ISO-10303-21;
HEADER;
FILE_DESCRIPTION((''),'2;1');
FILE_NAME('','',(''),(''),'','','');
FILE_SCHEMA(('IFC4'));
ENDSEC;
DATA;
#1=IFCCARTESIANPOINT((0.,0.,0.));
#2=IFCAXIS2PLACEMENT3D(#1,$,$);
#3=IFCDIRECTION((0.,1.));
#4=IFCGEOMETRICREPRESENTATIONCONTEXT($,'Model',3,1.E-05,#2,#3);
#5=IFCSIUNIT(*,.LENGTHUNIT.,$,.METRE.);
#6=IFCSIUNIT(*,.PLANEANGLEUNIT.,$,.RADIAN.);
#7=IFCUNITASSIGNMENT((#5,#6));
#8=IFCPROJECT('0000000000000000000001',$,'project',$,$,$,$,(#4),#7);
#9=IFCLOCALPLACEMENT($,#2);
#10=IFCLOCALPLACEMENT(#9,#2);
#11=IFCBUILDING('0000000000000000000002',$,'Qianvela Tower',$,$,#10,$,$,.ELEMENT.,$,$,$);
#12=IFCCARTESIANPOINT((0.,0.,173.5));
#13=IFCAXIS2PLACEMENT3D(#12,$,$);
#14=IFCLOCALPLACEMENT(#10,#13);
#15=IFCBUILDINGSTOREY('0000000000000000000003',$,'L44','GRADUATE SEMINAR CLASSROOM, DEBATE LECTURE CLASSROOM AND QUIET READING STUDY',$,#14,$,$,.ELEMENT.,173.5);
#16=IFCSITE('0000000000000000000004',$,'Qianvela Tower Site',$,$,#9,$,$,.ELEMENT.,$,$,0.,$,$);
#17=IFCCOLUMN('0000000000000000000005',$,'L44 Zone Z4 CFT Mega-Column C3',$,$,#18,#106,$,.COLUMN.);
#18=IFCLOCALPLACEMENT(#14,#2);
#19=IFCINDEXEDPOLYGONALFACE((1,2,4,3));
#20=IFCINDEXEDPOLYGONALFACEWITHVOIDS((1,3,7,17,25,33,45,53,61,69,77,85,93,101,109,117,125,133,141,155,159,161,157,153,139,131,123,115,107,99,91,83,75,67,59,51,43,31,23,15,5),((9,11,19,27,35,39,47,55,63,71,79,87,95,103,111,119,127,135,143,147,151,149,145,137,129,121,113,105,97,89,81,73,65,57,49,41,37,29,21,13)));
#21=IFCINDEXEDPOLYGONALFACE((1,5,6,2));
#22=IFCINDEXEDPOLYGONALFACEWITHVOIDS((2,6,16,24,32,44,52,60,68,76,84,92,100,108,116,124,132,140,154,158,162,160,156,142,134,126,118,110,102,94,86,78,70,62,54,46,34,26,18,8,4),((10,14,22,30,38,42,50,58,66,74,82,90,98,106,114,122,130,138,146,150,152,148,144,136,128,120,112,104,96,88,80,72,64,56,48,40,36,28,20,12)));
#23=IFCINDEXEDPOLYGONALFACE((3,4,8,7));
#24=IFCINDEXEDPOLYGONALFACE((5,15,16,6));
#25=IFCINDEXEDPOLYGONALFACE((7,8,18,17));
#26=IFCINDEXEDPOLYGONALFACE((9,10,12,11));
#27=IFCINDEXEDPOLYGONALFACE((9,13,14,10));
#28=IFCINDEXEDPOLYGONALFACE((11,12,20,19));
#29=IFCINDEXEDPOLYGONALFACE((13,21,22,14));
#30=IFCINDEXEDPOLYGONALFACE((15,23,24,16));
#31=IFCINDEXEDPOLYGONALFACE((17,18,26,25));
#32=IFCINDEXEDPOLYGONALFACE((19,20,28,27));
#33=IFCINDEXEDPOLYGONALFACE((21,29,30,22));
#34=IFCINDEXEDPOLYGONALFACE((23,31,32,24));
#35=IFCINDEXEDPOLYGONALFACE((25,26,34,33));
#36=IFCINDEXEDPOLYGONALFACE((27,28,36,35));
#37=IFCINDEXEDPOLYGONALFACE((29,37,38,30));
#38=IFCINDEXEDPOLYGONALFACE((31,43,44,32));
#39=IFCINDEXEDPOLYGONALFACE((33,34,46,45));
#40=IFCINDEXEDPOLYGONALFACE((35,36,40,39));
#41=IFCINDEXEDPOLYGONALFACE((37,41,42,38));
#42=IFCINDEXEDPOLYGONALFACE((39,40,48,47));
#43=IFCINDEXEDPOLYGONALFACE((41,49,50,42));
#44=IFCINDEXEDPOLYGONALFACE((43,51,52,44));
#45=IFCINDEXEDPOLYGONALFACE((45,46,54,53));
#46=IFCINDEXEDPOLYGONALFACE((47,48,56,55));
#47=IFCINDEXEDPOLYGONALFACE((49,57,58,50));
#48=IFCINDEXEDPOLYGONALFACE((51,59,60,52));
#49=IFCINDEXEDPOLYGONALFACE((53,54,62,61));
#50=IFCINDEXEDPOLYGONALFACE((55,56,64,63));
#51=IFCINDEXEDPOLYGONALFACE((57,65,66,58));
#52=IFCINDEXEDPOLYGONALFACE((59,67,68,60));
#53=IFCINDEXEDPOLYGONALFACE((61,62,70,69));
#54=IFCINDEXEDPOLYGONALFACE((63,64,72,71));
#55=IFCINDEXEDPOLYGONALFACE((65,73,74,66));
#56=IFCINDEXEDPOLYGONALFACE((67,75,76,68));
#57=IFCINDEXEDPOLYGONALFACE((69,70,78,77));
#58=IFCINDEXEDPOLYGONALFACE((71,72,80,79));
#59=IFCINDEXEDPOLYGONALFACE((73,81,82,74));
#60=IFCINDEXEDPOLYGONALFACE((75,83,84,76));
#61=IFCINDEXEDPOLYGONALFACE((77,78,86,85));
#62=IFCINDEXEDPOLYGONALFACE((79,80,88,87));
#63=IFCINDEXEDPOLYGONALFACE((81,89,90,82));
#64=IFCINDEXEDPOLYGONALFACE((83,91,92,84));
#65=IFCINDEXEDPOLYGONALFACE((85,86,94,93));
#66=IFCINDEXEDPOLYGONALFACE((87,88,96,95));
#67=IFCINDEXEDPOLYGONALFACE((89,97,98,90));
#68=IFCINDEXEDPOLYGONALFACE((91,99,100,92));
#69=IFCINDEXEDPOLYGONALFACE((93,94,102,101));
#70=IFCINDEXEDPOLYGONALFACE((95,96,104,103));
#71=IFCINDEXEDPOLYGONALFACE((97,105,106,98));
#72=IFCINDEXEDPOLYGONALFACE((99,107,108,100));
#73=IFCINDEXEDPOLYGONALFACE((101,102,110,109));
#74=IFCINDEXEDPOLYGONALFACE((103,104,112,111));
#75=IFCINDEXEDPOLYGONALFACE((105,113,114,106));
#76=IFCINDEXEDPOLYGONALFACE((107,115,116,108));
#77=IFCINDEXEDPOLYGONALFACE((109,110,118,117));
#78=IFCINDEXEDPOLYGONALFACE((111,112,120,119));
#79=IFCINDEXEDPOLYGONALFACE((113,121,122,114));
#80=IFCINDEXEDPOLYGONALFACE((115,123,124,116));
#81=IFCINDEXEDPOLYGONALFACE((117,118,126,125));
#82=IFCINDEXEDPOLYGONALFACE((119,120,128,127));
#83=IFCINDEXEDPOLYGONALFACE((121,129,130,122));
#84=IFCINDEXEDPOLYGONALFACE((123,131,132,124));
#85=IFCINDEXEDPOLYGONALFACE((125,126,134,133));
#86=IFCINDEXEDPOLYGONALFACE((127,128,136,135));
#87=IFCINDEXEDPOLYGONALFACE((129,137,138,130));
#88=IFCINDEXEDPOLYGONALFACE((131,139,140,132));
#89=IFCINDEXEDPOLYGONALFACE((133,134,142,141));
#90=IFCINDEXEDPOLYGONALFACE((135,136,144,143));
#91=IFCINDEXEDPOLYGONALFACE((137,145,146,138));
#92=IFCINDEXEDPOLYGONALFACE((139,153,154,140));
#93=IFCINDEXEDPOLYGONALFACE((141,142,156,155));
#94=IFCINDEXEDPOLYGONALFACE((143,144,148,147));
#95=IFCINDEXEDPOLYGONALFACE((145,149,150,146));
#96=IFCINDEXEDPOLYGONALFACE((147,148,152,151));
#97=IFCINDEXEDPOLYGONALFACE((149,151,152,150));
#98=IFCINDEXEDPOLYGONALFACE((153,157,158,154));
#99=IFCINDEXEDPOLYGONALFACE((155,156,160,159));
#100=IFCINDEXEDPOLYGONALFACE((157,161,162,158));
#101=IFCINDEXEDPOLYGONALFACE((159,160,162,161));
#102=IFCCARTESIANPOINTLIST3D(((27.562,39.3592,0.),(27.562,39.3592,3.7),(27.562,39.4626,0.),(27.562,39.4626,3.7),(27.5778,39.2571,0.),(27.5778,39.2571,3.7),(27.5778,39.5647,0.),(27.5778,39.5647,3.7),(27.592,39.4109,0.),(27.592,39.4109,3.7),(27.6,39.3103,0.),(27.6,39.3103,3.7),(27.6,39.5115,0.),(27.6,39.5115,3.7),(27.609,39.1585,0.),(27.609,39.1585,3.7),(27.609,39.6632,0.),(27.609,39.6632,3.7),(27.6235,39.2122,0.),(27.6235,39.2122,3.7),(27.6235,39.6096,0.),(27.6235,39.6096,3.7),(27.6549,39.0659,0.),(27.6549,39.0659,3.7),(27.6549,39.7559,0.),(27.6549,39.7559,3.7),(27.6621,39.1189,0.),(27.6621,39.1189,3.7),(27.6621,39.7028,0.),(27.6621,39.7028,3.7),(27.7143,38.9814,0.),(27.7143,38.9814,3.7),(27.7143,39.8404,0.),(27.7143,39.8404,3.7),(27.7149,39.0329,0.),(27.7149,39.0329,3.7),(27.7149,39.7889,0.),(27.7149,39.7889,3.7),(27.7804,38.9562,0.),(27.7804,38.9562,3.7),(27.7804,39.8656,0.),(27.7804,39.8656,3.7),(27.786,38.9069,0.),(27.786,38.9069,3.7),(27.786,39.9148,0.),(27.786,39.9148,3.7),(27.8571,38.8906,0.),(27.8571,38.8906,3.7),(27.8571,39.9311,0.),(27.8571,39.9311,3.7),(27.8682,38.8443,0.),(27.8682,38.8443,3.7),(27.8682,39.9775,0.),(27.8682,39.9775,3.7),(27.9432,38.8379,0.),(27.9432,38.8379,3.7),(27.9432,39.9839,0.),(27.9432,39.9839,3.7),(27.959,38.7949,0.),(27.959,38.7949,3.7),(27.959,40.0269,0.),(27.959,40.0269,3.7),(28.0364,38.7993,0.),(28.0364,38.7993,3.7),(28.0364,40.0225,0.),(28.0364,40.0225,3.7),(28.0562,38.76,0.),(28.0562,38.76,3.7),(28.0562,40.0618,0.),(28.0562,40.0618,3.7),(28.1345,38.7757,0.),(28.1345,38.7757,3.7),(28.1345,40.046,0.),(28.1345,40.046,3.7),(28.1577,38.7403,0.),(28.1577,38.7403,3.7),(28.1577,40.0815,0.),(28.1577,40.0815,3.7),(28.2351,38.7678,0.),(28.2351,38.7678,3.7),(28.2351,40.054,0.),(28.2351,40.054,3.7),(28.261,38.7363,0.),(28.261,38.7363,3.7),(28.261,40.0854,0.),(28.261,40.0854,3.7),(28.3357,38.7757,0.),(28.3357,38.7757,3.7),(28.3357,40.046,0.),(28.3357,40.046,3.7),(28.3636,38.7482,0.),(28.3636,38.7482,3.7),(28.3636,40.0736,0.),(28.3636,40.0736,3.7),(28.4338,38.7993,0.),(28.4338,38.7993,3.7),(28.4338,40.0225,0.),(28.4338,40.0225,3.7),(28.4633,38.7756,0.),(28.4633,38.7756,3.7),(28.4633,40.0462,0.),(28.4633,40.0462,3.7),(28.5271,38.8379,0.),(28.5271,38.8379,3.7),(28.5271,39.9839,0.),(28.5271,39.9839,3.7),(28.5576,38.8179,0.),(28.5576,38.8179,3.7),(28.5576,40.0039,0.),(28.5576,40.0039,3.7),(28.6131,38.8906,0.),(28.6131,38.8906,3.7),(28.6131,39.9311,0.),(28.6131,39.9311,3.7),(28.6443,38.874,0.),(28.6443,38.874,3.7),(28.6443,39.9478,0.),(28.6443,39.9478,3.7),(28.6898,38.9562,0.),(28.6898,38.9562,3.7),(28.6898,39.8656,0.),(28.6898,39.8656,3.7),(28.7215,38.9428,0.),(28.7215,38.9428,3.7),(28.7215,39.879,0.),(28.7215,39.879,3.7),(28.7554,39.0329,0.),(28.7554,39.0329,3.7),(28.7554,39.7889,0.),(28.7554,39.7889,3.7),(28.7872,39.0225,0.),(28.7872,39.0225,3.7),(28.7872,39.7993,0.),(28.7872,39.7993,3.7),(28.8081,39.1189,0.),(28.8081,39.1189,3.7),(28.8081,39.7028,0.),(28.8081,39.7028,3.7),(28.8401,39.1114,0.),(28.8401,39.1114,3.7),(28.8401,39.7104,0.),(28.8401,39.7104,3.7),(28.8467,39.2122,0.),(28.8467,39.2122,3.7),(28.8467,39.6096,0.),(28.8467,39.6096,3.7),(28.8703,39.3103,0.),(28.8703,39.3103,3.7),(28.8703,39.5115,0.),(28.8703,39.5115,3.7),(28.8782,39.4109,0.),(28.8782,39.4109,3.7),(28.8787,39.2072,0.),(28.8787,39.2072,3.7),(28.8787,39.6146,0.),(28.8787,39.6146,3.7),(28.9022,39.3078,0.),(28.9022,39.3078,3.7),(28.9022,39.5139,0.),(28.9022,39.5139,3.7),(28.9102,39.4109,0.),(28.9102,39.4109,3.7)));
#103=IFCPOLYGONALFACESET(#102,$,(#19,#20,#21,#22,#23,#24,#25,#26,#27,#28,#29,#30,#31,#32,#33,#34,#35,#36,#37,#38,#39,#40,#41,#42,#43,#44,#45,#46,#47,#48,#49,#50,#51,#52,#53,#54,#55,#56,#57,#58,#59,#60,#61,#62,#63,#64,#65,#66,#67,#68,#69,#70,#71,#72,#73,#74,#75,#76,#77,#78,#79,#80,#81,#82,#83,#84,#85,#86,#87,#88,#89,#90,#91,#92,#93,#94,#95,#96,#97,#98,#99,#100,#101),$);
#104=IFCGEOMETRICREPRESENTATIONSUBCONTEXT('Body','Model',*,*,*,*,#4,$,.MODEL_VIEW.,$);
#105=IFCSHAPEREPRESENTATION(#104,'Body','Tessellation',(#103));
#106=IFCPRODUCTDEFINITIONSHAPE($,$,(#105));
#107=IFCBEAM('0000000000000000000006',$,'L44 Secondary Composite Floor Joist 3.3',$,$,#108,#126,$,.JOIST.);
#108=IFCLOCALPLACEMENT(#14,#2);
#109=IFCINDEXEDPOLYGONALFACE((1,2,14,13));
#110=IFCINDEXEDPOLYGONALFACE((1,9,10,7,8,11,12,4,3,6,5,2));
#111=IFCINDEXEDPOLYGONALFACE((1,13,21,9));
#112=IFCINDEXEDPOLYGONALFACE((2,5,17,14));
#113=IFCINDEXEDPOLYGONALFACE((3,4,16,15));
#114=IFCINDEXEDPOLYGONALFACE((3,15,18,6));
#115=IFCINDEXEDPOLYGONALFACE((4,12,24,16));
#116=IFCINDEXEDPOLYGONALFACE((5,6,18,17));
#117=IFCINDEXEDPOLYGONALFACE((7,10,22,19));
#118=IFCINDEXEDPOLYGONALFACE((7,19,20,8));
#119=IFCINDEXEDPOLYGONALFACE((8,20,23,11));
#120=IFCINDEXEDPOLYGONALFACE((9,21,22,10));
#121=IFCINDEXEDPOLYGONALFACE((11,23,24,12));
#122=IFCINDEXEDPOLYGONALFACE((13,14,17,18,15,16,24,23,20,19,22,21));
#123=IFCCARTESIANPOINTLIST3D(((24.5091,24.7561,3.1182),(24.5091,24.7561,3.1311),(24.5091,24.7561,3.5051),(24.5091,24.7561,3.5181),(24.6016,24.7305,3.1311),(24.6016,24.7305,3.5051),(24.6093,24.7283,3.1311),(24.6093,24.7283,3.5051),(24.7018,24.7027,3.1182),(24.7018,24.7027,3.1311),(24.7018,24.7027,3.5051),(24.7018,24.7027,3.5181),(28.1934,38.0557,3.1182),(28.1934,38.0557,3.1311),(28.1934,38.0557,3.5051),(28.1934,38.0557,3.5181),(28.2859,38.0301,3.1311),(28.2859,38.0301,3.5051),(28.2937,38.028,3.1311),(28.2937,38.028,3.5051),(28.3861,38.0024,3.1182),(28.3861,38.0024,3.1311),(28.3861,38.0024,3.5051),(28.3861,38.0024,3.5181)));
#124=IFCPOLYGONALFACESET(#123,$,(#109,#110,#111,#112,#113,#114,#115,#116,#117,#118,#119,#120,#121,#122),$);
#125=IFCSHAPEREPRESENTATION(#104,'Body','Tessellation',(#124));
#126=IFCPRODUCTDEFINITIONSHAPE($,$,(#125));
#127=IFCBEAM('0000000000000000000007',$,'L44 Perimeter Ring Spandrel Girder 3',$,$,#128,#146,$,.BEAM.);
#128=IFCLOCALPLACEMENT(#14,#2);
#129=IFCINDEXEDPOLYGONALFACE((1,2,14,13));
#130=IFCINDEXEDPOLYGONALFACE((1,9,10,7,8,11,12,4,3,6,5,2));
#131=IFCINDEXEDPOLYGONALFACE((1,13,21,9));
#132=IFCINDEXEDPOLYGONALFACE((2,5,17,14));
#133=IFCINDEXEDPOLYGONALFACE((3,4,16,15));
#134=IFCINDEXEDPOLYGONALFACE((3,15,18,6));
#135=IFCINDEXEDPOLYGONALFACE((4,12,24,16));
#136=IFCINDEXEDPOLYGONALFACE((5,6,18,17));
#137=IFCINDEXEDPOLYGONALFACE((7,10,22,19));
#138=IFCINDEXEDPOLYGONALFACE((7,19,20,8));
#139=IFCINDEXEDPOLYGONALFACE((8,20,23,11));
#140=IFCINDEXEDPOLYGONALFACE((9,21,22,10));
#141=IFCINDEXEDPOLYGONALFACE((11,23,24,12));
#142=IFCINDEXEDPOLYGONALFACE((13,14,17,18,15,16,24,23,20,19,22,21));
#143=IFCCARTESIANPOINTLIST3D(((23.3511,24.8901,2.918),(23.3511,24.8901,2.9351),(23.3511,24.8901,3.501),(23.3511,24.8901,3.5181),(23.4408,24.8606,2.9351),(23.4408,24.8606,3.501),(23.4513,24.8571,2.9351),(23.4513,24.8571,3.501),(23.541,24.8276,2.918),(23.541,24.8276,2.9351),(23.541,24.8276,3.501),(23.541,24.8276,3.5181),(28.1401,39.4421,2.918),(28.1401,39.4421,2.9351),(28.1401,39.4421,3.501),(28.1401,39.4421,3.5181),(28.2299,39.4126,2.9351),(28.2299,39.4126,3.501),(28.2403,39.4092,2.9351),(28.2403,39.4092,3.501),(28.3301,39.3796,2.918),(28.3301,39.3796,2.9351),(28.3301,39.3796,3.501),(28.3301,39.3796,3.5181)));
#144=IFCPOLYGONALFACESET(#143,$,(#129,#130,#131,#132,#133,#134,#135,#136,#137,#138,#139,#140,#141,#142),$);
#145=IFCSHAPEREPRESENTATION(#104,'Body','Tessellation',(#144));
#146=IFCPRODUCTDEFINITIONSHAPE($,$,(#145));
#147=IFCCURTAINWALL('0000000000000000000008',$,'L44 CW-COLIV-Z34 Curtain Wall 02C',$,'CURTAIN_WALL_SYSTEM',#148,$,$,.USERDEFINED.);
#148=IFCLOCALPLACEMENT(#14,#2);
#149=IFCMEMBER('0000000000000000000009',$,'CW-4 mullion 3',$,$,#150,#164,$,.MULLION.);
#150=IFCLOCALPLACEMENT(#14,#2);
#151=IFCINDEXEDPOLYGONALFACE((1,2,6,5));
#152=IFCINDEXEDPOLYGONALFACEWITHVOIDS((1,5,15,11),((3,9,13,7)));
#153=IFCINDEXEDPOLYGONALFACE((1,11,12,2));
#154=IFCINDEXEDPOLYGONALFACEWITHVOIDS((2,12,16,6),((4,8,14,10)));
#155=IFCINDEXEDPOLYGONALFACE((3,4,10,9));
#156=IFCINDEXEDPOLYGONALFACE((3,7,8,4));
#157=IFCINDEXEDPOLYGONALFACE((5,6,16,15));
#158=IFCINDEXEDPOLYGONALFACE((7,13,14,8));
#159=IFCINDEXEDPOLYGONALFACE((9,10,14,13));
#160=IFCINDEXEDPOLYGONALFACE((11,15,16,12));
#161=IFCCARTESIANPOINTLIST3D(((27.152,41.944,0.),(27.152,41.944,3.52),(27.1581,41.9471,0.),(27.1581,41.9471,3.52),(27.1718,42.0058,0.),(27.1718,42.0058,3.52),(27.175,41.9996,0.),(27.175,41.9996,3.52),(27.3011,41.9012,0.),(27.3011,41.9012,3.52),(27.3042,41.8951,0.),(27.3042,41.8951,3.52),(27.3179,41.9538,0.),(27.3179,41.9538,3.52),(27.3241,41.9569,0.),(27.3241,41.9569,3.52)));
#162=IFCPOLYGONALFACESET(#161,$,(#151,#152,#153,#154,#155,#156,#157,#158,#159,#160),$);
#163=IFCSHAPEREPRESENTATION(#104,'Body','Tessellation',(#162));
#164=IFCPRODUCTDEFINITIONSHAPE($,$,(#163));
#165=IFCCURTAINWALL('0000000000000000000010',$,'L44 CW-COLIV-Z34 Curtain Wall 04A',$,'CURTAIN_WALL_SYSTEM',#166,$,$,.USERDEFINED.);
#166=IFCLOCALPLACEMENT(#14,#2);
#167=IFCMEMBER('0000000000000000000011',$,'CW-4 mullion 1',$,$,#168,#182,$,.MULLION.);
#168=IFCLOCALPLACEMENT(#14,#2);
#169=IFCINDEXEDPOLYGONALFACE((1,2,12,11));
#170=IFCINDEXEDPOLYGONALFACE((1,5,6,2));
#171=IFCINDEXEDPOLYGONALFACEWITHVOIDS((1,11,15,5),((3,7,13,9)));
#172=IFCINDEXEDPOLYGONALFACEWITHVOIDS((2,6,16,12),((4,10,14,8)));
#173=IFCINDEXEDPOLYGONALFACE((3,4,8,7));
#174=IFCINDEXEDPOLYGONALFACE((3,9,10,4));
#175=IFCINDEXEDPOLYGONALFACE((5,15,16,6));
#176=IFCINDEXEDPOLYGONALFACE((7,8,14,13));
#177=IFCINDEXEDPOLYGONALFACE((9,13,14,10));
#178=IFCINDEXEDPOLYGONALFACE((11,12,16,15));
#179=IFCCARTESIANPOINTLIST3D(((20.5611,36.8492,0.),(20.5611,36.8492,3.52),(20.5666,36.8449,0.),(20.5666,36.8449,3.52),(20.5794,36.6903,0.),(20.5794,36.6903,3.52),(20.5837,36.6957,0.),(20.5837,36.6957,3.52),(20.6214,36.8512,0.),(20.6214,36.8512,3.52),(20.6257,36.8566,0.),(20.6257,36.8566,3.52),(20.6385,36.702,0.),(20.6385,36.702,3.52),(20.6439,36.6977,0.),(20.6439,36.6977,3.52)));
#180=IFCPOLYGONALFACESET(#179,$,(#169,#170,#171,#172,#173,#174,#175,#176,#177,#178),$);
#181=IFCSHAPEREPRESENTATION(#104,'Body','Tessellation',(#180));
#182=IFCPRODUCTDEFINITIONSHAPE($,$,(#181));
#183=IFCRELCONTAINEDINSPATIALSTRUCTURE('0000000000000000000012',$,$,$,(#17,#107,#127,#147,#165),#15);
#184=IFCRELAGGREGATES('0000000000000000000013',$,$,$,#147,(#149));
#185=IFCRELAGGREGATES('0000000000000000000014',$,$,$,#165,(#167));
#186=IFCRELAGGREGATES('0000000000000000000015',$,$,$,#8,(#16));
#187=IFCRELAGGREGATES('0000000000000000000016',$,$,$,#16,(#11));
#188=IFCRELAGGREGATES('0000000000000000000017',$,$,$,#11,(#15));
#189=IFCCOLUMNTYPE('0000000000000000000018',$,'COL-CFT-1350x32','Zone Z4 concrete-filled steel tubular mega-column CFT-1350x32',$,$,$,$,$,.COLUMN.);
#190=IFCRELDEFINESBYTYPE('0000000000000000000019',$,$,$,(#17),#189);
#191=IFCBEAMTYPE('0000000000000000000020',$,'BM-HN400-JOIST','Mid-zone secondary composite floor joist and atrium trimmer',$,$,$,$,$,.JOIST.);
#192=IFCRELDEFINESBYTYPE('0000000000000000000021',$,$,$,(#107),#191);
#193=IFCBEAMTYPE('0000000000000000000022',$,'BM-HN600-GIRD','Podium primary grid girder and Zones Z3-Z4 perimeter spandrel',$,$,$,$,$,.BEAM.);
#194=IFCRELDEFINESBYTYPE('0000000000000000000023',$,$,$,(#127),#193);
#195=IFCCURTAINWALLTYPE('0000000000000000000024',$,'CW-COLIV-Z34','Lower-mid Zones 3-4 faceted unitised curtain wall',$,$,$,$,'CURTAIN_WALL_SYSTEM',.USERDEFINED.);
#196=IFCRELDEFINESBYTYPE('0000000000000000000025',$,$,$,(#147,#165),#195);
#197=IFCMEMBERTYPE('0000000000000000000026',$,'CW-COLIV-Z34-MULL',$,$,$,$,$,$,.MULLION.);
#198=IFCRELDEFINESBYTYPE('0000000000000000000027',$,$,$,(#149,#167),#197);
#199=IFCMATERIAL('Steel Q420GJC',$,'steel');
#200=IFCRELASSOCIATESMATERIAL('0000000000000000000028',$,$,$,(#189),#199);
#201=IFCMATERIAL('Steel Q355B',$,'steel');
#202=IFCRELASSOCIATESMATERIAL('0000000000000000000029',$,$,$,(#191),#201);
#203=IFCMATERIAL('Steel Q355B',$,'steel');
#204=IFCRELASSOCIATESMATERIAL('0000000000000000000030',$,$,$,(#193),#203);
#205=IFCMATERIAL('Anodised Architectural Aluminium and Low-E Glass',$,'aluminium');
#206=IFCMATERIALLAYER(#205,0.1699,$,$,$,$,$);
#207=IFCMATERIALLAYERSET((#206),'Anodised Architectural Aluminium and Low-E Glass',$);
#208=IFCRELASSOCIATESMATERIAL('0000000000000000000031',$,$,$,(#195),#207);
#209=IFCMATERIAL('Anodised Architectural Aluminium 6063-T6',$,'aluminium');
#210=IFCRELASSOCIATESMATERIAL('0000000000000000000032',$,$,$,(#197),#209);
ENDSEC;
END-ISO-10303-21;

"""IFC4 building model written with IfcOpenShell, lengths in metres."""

from ifc_helpers import new_model, si_unit, direction, frame, origin, origin_2d, place, context, subcontext, project, spatial, hollow_rectangle, hollow_circle, i_section, extrude, material, layer, layer_set, material_profile, profile_set, type_object, element, aggregate, save


model = new_model("IFC4")

# Units and contexts
model_context = context("Model", 3, precision=1e-05, world=origin(), true_north=direction((0.0, 1.0)))
body_context = subcontext(model_context, "Body", "Model", "MODEL_VIEW")
ifc_project = project(units=[si_unit("LENGTHUNIT", "METRE"), si_unit("PLANEANGLEUNIT", "RADIAN")], contexts=[model_context])

# Site, building, storey
site_placement = place(None, origin())
site = spatial("IfcSite", under=ifc_project, at=site_placement, Name="Qianvela Tower Site", CompositionType="ELEMENT", RefElevation=0.0)
building_placement = place(site_placement, origin())
building = spatial("IfcBuilding", under=site, at=building_placement, Name="Qianvela Tower", CompositionType="ELEMENT")
storey_placement = place(building_placement, frame((0.0, 0.0, 173.5)))
storey = spatial("IfcBuildingStorey", under=building, at=storey_placement, Name="L44", Description="GRADUATE SEMINAR CLASSROOM, DEBATE LECTURE CLASSROOM AND QUIET READING STUDY", CompositionType="ELEMENT", Elevation=173.5)

# Column
ifc_material_1 = material(Name="Steel Q420GJC", Category="steel")
ifc_material_profile_1 = material_profile(ifc_material_1, hollow_circle(Radius=0.675, WallThickness=0.032, at=origin_2d()), Name="CFT-1350x32")
ifc_profile_set_1 = profile_set([ifc_material_profile_1], Name="Steel Q420GJC")
column_type = type_object("IfcColumnType", Name="COL-CFT-1350x32", Description="Zone Z4 concrete-filled steel tubular mega-column CFT-1350x32", PredefinedType="COLUMN", material=ifc_profile_set_1)
column_placement = place(storey_placement, frame((28.2351, 39.4109, 0.0), z_axis=(0.0, 0.0, 1.0), x_axis=(1.0, 0.0, 0.0)))
element("IfcColumn", 1, at=column_placement, inside=storey, type_object=column_type, Name="L44 Zone Z4 CFT Mega-Column C3", PredefinedType="COLUMN", context=body_context, shape_type="SweptSolid", body=[
    extrude(hollow_circle(Radius=0.675, WallThickness=0.032, at=origin_2d()), origin(), (0.0, 0.0, 1.0), 3.7),
])

# Beams
ifc_material_2 = material(Name="Steel Q355B", Category="steel")
ifc_material_profile_2 = material_profile(ifc_material_2, i_section(OverallWidth=0.2, OverallDepth=0.3999, WebThickness=0.0081, FlangeThickness=0.0129, at=origin_2d()), Name="HN400x200x8x13")
ifc_profile_set_2 = profile_set([ifc_material_profile_2], Name="Steel Q355B")
beam_type_1 = type_object("IfcBeamType", Name="BM-HN400-JOIST", Description="Mid-zone secondary composite floor joist and atrium trimmer", PredefinedType="JOIST", material=ifc_profile_set_2)
beam_1_placement = place(storey_placement, frame((28.2898, 38.0291, 3.3181), z_axis=(-0.266971, -0.963704, 0.0), x_axis=(0.963704, -0.266971, 0.0)))
element("IfcBeam", 2, at=beam_1_placement, inside=storey, type_object=beam_type_1, Name="L44 Secondary Composite Floor Joist 3.3", PredefinedType="JOIST", context=body_context, shape_type="SweptSolid", body=[
    extrude(i_section(OverallWidth=0.2, OverallDepth=0.3999, WebThickness=0.0081, FlangeThickness=0.0129, at=origin_2d()), origin(), (0.0, 0.0, 1.0), 13.8005),
])
ifc_material_3 = material(Name="Steel Q355B", Category="steel")
ifc_material_profile_3 = material_profile(ifc_material_3, i_section(OverallWidth=0.2, OverallDepth=0.6001, WebThickness=0.011, FlangeThickness=0.0171, at=origin_2d()), Name="HN600x200x11x17")
ifc_profile_set_3 = profile_set([ifc_material_profile_3], Name="Steel Q355B")
beam_type_2 = type_object("IfcBeamType", Name="BM-HN600-GIRD", Description="Podium primary grid girder and Zones Z3-Z4 perimeter spandrel", PredefinedType="BEAM", material=ifc_profile_set_3)
beam_2_placement = place(storey_placement, frame((28.2351, 39.4109, 3.218), z_axis=(-0.312606, -0.949883, 0.0), x_axis=(0.949883, -0.312606, 0.0)))
element("IfcBeam", 3, at=beam_2_placement, inside=storey, type_object=beam_type_2, Name="L44 Perimeter Ring Spandrel Girder 3", PredefinedType="BEAM", context=body_context, shape_type="SweptSolid", body=[
    extrude(i_section(OverallWidth=0.2, OverallDepth=0.6001, WebThickness=0.011, FlangeThickness=0.0171, at=origin_2d()), origin(), (0.0, 0.0, 1.0), 15.3198),
])

# Curtain wall, member
ifc_material_4 = material(Name="Anodised Architectural Aluminium and Low-E Glass", Category="aluminium")
ifc_layer_1 = layer(ifc_material_4, 0.1699)
ifc_layer_set_1 = layer_set([ifc_layer_1], Name="Anodised Architectural Aluminium and Low-E Glass")
curtain_wall_type = type_object("IfcCurtainWallType", Name="CW-COLIV-Z34", Description="Lower-mid Zones 3-4 faceted unitised curtain wall", ElementType="CURTAIN_WALL_SYSTEM", PredefinedType="USERDEFINED", material=ifc_layer_set_1)
curtain_wall_1_placement = place(storey_placement, origin())
curtain_wall_1 = element("IfcCurtainWall", 4, at=curtain_wall_1_placement, inside=storey, type_object=curtain_wall_type, Name="L44 CW-COLIV-Z34 Curtain Wall 02C", ObjectType="CURTAIN_WALL_SYSTEM", PredefinedType="USERDEFINED")
ifc_material_5 = material(Name="Anodised Architectural Aluminium 6063-T6", Category="aluminium")
ifc_material_profile_4 = material_profile(ifc_material_5, hollow_rectangle(XDim=0.0649, YDim=0.1599, WallThickness=0.0049, at=origin_2d()), Name="ALU-MULL-65x160")
ifc_profile_set_4 = profile_set([ifc_material_profile_4], Name="Anodised Architectural Aluminium 6063-T6")
member_type_1 = type_object("IfcMemberType", Name="CW-COLIV-Z34-MULL", PredefinedType="MULLION", material=ifc_profile_set_4)
member_1_placement = place(storey_placement, frame((27.238, 41.9504, 0.0), z_axis=(0.0, 0.0, 1.0), x_axis=(-0.305579, -0.952167, 0.0)))
member_1 = element("IfcMember", 5, at=member_1_placement, type_object=member_type_1, Name="CW-4 mullion 3", PredefinedType="MULLION", context=body_context, shape_type="SweptSolid", body=[
    extrude(hollow_rectangle(XDim=0.0649, YDim=0.1599, WallThickness=0.0049, at=origin_2d()), origin(), (0.0, 0.0, 1.0), 3.52),
])
aggregate(curtain_wall_1, [member_1])

# Curtain wall, member
curtain_wall_2_placement = place(storey_placement, origin())
curtain_wall_2 = element("IfcCurtainWall", 6, at=curtain_wall_2_placement, inside=storey, type_object=curtain_wall_type, Name="L44 CW-COLIV-Z34 Curtain Wall 04A", ObjectType="CURTAIN_WALL_SYSTEM", PredefinedType="USERDEFINED")
member_2_placement = place(storey_placement, frame((20.6025, 36.7734, 0.0), z_axis=(0.0, 0.0, 1.0), x_axis=(0.993453, 0.114245, 0.0)))
member_2 = element("IfcMember", 7, at=member_2_placement, type_object=member_type_1, Name="CW-4 mullion 1", PredefinedType="MULLION", context=body_context, shape_type="SweptSolid", body=[
    extrude(hollow_rectangle(XDim=0.0649, YDim=0.1599, WallThickness=0.0049, at=origin_2d()), origin(), (0.0, 0.0, 1.0), 3.52),
])
aggregate(curtain_wall_2, [member_2])

save(model, "model.ifc")
